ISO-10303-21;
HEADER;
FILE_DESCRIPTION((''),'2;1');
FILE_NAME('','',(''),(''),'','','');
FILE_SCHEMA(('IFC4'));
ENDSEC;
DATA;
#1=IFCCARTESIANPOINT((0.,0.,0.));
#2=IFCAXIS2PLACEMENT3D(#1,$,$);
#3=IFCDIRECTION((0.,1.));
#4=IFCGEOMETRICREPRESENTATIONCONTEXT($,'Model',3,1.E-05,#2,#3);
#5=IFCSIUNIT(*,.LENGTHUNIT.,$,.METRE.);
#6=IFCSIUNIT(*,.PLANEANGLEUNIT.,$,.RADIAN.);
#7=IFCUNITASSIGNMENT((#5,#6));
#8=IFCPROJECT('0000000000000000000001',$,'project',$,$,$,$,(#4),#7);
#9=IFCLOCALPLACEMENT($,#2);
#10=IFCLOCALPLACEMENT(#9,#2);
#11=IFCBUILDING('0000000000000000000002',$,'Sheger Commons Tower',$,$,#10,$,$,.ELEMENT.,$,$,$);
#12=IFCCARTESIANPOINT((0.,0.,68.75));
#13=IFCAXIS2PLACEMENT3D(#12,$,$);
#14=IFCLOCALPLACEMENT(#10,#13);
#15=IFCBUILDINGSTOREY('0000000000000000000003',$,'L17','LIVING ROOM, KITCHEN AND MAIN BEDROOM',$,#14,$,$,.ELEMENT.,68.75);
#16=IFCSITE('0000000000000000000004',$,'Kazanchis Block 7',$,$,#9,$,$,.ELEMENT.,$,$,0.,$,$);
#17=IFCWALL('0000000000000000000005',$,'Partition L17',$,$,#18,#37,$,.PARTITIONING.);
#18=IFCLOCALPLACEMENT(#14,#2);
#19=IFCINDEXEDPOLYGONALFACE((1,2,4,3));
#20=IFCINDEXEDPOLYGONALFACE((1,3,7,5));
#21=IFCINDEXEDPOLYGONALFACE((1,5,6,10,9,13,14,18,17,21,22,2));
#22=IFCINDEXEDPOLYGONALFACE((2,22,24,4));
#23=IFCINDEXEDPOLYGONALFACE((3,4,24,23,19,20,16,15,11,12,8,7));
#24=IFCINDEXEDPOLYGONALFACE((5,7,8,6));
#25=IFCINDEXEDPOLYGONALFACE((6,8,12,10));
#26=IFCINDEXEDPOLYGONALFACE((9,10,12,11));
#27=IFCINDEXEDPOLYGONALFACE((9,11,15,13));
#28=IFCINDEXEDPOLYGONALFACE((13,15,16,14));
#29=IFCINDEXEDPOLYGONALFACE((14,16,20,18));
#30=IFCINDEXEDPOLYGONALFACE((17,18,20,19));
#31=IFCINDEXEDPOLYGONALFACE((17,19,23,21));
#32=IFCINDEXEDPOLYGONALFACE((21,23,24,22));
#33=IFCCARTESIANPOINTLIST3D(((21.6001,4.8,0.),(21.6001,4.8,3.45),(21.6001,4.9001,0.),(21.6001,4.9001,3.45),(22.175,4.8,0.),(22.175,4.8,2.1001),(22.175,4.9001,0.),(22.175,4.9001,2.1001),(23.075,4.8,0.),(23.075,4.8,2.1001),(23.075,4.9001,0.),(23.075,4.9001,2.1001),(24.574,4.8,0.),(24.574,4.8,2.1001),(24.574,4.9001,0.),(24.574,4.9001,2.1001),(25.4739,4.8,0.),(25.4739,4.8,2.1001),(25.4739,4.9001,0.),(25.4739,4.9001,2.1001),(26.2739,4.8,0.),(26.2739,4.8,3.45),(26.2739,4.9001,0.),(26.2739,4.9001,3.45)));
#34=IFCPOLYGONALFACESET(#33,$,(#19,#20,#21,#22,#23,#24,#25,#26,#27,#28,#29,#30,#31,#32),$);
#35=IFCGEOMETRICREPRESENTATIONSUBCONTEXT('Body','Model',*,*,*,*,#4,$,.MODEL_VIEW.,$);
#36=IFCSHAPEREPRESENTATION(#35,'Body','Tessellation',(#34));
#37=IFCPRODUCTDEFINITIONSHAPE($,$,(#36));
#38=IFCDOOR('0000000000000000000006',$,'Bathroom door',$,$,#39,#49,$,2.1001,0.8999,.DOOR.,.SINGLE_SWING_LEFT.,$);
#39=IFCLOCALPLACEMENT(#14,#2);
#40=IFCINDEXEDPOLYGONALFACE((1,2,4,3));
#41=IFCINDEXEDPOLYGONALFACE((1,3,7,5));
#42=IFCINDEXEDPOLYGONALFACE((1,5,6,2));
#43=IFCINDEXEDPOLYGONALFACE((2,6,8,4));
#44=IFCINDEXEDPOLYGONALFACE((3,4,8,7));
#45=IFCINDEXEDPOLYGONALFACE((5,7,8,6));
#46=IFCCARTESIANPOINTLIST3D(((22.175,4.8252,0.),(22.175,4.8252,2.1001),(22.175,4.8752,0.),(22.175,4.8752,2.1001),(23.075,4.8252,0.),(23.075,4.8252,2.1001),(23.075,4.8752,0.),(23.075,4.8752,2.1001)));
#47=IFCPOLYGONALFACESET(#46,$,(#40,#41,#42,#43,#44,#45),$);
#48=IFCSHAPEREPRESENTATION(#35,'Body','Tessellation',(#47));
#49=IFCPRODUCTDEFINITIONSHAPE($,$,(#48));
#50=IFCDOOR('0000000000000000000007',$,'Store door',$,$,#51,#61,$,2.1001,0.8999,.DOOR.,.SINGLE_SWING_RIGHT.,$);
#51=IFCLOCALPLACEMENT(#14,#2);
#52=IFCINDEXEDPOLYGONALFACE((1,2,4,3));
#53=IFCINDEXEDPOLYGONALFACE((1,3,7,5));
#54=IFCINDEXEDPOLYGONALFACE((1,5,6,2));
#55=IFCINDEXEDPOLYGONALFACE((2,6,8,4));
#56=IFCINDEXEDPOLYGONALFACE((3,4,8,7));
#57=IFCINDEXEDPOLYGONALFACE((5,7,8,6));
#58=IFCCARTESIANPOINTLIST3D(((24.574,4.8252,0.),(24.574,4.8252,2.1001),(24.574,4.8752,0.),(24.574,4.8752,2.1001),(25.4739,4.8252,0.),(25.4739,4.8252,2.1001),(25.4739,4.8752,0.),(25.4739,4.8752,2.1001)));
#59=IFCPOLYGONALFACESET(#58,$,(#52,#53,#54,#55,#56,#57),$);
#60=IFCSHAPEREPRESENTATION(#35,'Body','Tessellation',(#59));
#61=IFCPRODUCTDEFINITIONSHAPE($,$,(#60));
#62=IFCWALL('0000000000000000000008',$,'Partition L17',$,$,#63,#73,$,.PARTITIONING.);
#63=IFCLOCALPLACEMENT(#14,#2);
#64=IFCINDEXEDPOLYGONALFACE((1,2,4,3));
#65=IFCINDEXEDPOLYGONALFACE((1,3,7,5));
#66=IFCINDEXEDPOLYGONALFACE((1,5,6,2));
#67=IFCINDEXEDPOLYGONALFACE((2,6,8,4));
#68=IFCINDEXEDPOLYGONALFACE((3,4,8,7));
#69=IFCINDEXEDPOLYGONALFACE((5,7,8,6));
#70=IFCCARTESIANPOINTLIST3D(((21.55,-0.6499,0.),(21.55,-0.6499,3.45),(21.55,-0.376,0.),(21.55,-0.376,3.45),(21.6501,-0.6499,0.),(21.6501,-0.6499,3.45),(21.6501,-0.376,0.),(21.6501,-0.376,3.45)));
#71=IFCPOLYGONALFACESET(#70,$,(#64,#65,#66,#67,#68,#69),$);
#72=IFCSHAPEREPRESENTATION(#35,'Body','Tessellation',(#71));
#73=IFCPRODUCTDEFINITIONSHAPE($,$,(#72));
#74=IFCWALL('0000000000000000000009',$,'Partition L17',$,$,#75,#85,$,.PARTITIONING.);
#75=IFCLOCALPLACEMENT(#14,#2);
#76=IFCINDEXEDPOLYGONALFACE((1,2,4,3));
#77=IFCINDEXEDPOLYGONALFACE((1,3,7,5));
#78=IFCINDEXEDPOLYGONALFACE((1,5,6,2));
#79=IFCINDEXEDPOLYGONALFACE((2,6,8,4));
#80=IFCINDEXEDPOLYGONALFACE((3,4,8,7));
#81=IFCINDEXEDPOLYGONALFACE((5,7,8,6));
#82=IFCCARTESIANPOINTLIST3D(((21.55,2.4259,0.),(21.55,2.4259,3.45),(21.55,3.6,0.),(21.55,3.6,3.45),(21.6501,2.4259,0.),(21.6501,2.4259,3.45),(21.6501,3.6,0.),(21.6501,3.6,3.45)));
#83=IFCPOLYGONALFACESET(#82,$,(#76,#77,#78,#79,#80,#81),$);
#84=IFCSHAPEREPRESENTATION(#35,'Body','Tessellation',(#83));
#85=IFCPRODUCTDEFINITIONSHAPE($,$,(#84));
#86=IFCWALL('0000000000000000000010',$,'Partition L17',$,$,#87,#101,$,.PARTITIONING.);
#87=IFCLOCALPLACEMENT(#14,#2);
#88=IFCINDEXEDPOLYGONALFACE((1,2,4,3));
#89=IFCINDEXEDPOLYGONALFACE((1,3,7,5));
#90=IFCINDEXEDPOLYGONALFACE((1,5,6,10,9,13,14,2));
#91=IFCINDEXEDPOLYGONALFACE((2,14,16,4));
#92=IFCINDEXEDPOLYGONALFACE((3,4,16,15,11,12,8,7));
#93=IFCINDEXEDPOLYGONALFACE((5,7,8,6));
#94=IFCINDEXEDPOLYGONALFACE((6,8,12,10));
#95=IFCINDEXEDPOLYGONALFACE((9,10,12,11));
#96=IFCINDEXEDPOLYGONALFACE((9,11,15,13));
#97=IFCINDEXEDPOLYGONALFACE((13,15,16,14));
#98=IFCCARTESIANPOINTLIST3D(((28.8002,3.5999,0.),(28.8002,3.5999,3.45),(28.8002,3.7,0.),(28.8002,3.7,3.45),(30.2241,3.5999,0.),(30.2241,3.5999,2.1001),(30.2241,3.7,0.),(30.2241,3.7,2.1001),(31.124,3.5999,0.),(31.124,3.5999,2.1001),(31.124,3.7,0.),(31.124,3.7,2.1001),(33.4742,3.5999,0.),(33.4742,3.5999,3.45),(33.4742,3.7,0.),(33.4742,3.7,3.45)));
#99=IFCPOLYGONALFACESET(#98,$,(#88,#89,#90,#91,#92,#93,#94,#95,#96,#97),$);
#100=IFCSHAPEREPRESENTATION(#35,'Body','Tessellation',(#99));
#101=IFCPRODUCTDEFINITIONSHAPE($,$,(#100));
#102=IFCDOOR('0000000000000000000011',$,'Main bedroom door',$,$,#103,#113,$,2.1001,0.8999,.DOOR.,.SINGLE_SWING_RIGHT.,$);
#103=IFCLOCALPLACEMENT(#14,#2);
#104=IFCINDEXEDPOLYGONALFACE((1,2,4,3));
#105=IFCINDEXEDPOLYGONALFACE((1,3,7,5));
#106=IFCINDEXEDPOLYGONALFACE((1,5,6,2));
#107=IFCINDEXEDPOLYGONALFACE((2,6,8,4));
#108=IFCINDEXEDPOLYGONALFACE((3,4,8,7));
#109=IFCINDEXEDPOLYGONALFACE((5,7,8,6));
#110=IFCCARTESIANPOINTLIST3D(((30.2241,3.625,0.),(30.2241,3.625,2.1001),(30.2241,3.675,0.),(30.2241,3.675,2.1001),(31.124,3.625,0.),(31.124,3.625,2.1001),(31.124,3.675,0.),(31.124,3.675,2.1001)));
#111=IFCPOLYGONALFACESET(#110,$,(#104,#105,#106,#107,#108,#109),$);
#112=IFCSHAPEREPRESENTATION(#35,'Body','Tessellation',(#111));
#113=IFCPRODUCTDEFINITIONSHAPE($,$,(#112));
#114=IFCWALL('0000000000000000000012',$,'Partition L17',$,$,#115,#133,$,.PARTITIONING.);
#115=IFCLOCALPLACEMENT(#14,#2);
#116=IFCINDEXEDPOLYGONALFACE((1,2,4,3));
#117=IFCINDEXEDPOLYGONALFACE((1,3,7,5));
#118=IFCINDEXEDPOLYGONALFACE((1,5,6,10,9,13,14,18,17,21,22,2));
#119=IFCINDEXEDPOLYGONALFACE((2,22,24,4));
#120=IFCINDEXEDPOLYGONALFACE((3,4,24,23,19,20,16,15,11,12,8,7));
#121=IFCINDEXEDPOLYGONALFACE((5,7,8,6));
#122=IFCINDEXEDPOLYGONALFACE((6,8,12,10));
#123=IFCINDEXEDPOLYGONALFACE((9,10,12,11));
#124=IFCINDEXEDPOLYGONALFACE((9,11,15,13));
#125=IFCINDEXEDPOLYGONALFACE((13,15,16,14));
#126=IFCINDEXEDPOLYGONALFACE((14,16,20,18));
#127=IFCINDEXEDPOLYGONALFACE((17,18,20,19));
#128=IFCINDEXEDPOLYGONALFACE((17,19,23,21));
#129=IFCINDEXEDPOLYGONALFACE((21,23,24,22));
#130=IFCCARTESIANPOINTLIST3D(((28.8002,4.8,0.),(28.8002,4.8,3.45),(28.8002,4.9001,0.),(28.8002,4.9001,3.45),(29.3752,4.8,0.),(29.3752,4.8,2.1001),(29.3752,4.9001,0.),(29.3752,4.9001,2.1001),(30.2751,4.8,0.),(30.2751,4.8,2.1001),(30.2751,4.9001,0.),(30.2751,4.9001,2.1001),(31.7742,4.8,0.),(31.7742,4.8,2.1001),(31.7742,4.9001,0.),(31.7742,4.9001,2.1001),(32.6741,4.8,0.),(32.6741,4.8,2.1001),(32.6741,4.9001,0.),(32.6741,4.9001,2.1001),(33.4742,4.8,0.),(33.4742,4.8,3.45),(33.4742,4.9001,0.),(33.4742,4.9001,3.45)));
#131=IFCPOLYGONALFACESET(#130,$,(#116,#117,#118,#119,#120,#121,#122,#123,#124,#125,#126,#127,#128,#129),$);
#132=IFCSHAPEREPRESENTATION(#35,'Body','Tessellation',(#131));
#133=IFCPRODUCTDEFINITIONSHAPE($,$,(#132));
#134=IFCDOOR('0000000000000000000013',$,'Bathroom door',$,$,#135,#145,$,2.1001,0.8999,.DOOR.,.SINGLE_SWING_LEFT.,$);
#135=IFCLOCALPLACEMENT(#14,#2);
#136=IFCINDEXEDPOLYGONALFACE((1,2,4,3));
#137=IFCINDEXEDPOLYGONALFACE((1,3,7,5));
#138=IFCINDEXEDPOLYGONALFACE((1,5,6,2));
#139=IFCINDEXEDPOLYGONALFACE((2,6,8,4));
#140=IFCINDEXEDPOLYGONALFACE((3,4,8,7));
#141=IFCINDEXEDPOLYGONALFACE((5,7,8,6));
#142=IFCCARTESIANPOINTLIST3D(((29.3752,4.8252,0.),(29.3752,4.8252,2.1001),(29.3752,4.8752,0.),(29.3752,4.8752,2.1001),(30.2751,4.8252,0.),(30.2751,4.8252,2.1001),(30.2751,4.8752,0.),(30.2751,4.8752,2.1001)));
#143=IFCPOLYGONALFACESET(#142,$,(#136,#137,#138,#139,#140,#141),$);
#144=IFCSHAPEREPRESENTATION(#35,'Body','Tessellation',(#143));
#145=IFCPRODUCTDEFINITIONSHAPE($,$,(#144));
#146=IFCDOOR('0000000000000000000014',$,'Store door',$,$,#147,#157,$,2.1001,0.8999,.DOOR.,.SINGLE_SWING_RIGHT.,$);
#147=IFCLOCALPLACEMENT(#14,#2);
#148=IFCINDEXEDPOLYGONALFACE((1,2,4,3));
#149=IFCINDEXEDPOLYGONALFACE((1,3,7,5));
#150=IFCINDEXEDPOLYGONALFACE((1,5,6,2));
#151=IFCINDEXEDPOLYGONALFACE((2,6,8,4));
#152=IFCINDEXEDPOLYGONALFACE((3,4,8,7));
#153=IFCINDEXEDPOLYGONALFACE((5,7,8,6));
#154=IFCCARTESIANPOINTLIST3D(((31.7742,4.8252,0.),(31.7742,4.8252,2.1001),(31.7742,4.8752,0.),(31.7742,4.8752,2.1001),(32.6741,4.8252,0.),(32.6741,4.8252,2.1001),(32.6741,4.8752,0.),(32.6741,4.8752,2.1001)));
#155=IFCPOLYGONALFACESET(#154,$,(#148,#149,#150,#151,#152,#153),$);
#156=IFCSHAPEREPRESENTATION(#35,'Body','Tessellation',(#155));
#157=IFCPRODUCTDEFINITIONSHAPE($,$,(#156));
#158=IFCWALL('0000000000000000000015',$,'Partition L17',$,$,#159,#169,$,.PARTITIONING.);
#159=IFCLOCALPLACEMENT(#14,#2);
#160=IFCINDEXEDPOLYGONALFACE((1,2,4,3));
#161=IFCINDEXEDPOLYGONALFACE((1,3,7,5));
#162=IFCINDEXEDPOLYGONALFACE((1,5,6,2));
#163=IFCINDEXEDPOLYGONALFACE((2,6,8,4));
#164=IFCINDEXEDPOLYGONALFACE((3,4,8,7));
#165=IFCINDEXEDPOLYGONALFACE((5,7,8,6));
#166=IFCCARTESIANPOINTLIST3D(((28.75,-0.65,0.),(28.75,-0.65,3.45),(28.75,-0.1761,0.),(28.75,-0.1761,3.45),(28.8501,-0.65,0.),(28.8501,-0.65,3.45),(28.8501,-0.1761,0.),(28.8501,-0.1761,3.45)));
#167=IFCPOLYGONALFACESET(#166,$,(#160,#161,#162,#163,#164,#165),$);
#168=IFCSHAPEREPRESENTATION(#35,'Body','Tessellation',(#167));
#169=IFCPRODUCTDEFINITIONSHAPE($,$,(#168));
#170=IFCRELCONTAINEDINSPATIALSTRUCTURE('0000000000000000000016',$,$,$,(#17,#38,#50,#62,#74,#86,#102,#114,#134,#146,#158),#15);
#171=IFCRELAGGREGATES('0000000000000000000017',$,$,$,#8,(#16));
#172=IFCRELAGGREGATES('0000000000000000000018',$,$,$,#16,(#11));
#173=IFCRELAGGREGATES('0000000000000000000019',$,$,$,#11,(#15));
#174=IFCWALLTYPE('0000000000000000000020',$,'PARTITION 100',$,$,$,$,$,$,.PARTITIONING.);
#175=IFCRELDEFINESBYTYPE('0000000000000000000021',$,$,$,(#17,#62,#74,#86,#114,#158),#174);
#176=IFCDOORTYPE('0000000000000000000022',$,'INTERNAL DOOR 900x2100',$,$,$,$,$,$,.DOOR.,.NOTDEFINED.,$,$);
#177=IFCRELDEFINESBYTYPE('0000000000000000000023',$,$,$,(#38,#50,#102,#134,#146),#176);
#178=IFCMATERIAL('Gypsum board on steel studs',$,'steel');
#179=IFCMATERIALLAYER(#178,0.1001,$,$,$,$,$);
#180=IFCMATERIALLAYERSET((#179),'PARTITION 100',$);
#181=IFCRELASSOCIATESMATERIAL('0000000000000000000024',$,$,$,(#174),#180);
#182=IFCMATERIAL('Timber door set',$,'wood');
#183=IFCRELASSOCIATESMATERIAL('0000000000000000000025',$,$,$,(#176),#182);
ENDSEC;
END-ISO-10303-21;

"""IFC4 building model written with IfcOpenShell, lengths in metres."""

from ifc_helpers import new_model, si_unit, direction, frame, frame_2d, origin, place, context, subcontext, project, spatial, rectangle, extrude, material, layer, layer_set, type_object, element, fill, save


model = new_model("IFC4")

# Units and contexts
model_context = context("Model", 3, precision=1e-05, world=origin(), true_north=direction((0.0, 1.0)))
body_context = subcontext(model_context, "Body", "Model", "MODEL_VIEW")
ifc_project = project(units=[si_unit("LENGTHUNIT", "METRE"), si_unit("PLANEANGLEUNIT", "RADIAN")], contexts=[model_context])

# Site, building, storey
site_placement = place(None, origin())
site = spatial("IfcSite", under=ifc_project, at=site_placement, Name="Kazanchis Block 7", CompositionType="ELEMENT", RefElevation=0.0)
building_placement = place(site_placement, origin())
building = spatial("IfcBuilding", under=site, at=building_placement, Name="Sheger Commons Tower", CompositionType="ELEMENT")
storey_placement = place(building_placement, frame((0.0, 0.0, 68.75)))
storey = spatial("IfcBuildingStorey", under=building, at=storey_placement, Name="L17", Description="LIVING ROOM, KITCHEN AND MAIN BEDROOM", CompositionType="ELEMENT", Elevation=68.75)

# Shared definitions
ifc_material_1 = material(Name="Gypsum board on steel studs", Category="steel")
ifc_layer_1 = layer(ifc_material_1, 0.1001)
ifc_layer_set_1 = layer_set([ifc_layer_1], Name="PARTITION 100")
wall_type_1 = type_object("IfcWallType", Name="PARTITION 100", PredefinedType="PARTITIONING", material=ifc_layer_set_1)
ifc_material_2 = material(Name="Timber door set", Category="wood")
door_type = type_object("IfcDoorType", Name="INTERNAL DOOR 900x2100", OperationType="NOTDEFINED", PredefinedType="DOOR", material=ifc_material_2)

# Wall, openings, doors
wall_1_placement = place(storey_placement, frame((26.2739, 4.8501, 0.0), z_axis=(0.0, 0.0, 1.0), x_axis=(-1.0, 0.0, 0.0)))
wall_1 = element("IfcWall", 1, at=wall_1_placement, inside=storey, type_object=wall_type_1, Name="Partition L17", PredefinedType="PARTITIONING", context=body_context, shape_type="SweptSolid", body=[
    extrude(rectangle(XDim=4.6738, YDim=0.1001, at=frame_2d((2.3369, 0.0))), origin(), (0.0, 0.0, 1.0), 3.45),
])
opening_1_placement = place(wall_1_placement, frame((3.199, 0.0, 0.0)))
opening_1 = element("IfcOpeningElement", 2, at=opening_1_placement, cuts=wall_1, PredefinedType="OPENING", context=body_context, shape_type="SweptSolid", body=[
    extrude(rectangle(XDim=0.8999, YDim=2.1001, at=frame_2d((0.45, 1.05))), frame((0.0, 0.0601, 0.0), z_axis=(0.0, -1.0, 0.0), x_axis=(1.0, 0.0, 0.0)), (0.0, 0.0, 1.0), 0.1201),
])
opening_2_placement = place(wall_1_placement, frame((0.8, 0.0, 0.0)))
opening_2 = element("IfcOpeningElement", 3, at=opening_2_placement, cuts=wall_1, PredefinedType="OPENING", context=body_context, shape_type="SweptSolid", body=[
    extrude(rectangle(XDim=0.8999, YDim=2.1001, at=frame_2d((0.45, 1.05))), frame((0.0, 0.0601, 0.0), z_axis=(0.0, -1.0, 0.0), x_axis=(1.0, 0.0, 0.0)), (0.0, 0.0, 1.0), 0.1201),
])
door_1_placement = place(opening_1_placement, origin())
door_1 = element("IfcDoor", 4, at=door_1_placement, inside=storey, type_object=door_type, Name="Bathroom door", OperationType="SINGLE_SWING_LEFT", OverallHeight=2.1001, OverallWidth=0.8999, PredefinedType="DOOR", context=body_context, shape_type="SweptSolid", body=[
    extrude(rectangle(XDim=0.8999, YDim=2.1001, at=frame_2d((0.45, 1.05))), frame((0.0, 0.0249, 0.0), z_axis=(0.0, -1.0, 0.0), x_axis=(1.0, 0.0, 0.0)), (0.0, 0.0, 1.0), 0.05),
])
fill(opening_1, door_1)
door_2_placement = place(opening_2_placement, origin())
door_2 = element("IfcDoor", 5, at=door_2_placement, inside=storey, type_object=door_type, Name="Store door", OperationType="SINGLE_SWING_RIGHT", OverallHeight=2.1001, OverallWidth=0.8999, PredefinedType="DOOR", context=body_context, shape_type="SweptSolid", body=[
    extrude(rectangle(XDim=0.8999, YDim=2.1001, at=frame_2d((0.45, 1.05))), frame((0.0, 0.0249, 0.0), z_axis=(0.0, -1.0, 0.0), x_axis=(1.0, 0.0, 0.0)), (0.0, 0.0, 1.0), 0.05),
])
fill(opening_2, door_2)

# Walls
wall_2_placement = place(storey_placement, frame((21.6001, -0.6499, 0.0), z_axis=(0.0, 0.0, 1.0), x_axis=(0.0, 1.0, 0.0)))
element("IfcWall", 6, at=wall_2_placement, inside=storey, type_object=wall_type_1, Name="Partition L17", PredefinedType="PARTITIONING", context=body_context, shape_type="SweptSolid", body=[
    extrude(rectangle(XDim=0.2739, YDim=0.1001, at=frame_2d((0.137, 0.0))), origin(), (0.0, 0.0, 1.0), 3.45),
])
wall_3_placement = place(storey_placement, frame((21.6001, 2.426, 0.0), z_axis=(0.0, 0.0, 1.0), x_axis=(0.0, 1.0, 0.0)))
element("IfcWall", 7, at=wall_3_placement, inside=storey, type_object=wall_type_1, Name="Partition L17", PredefinedType="PARTITIONING", context=body_context, shape_type="SweptSolid", body=[
    extrude(rectangle(XDim=1.1741, YDim=0.1001, at=frame_2d((0.5869, 0.0))), origin(), (0.0, 0.0, 1.0), 3.45),
])

# Wall, opening, door
wall_4_placement = place(storey_placement, frame((33.4741, 3.6499, 0.0), z_axis=(0.0, 0.0, 1.0), x_axis=(-1.0, 0.0, 0.0)))
wall_4 = element("IfcWall", 8, at=wall_4_placement, inside=storey, type_object=wall_type_1, Name="Partition L17", PredefinedType="PARTITIONING", context=body_context, shape_type="SweptSolid", body=[
    extrude(rectangle(XDim=4.6741, YDim=0.1001, at=frame_2d((2.3369, 0.0))), origin(), (0.0, 0.0, 1.0), 3.45),
])
opening_3_placement = place(wall_4_placement, frame((2.3501, 0.0, 0.0)))
opening_3 = element("IfcOpeningElement", 9, at=opening_3_placement, cuts=wall_4, PredefinedType="OPENING", context=body_context, shape_type="SweptSolid", body=[
    extrude(rectangle(XDim=0.8999, YDim=2.1001, at=frame_2d((0.45, 1.05))), frame((0.0, 0.0601, 0.0), z_axis=(0.0, -1.0, 0.0), x_axis=(1.0, 0.0, 0.0)), (0.0, 0.0, 1.0), 0.1201),
])
door_3_placement = place(opening_3_placement, origin())
door_3 = element("IfcDoor", 10, at=door_3_placement, inside=storey, type_object=door_type, Name="Main bedroom door", OperationType="SINGLE_SWING_RIGHT", OverallHeight=2.1001, OverallWidth=0.8999, PredefinedType="DOOR", context=body_context, shape_type="SweptSolid", body=[
    extrude(rectangle(XDim=0.8999, YDim=2.1001, at=frame_2d((0.45, 1.05))), frame((0.0, 0.0249, 0.0), z_axis=(0.0, -1.0, 0.0), x_axis=(1.0, 0.0, 0.0)), (0.0, 0.0, 1.0), 0.05),
])
fill(opening_3, door_3)

# Wall, openings, doors
wall_5_placement = place(storey_placement, frame((33.4741, 4.8501, 0.0), z_axis=(0.0, 0.0, 1.0), x_axis=(-1.0, 0.0, 0.0)))
wall_5 = element("IfcWall", 11, at=wall_5_placement, inside=storey, type_object=wall_type_1, Name="Partition L17", PredefinedType="PARTITIONING", context=body_context, shape_type="SweptSolid", body=[
    extrude(rectangle(XDim=4.6741, YDim=0.1001, at=frame_2d((2.3369, 0.0))), origin(), (0.0, 0.0, 1.0), 3.45),
])
opening_4_placement = place(wall_5_placement, frame((3.199, 0.0, 0.0)))
opening_4 = element("IfcOpeningElement", 12, at=opening_4_placement, cuts=wall_5, PredefinedType="OPENING", context=body_context, shape_type="SweptSolid", body=[
    extrude(rectangle(XDim=0.8999, YDim=2.1001, at=frame_2d((0.45, 1.05))), frame((0.0, 0.0601, 0.0), z_axis=(0.0, -1.0, 0.0), x_axis=(1.0, 0.0, 0.0)), (0.0, 0.0, 1.0), 0.1201),
])
opening_5_placement = place(wall_5_placement, frame((0.8, 0.0, 0.0)))
opening_5 = element("IfcOpeningElement", 13, at=opening_5_placement, cuts=wall_5, PredefinedType="OPENING", context=body_context, shape_type="SweptSolid", body=[
    extrude(rectangle(XDim=0.8999, YDim=2.1001, at=frame_2d((0.45, 1.05))), frame((0.0, 0.0601, 0.0), z_axis=(0.0, -1.0, 0.0), x_axis=(1.0, 0.0, 0.0)), (0.0, 0.0, 1.0), 0.1201),
])
door_4_placement = place(opening_4_placement, origin())
door_4 = element("IfcDoor", 14, at=door_4_placement, inside=storey, type_object=door_type, Name="Bathroom door", OperationType="SINGLE_SWING_LEFT", OverallHeight=2.1001, OverallWidth=0.8999, PredefinedType="DOOR", context=body_context, shape_type="SweptSolid", body=[
    extrude(rectangle(XDim=0.8999, YDim=2.1001, at=frame_2d((0.45, 1.05))), frame((0.0, 0.0249, 0.0), z_axis=(0.0, -1.0, 0.0), x_axis=(1.0, 0.0, 0.0)), (0.0, 0.0, 1.0), 0.05),
])
fill(opening_4, door_4)
door_5_placement = place(opening_5_placement, origin())
door_5 = element("IfcDoor", 15, at=door_5_placement, inside=storey, type_object=door_type, Name="Store door", OperationType="SINGLE_SWING_RIGHT", OverallHeight=2.1001, OverallWidth=0.8999, PredefinedType="DOOR", context=body_context, shape_type="SweptSolid", body=[
    extrude(rectangle(XDim=0.8999, YDim=2.1001, at=frame_2d((0.45, 1.05))), frame((0.0, 0.0249, 0.0), z_axis=(0.0, -1.0, 0.0), x_axis=(1.0, 0.0, 0.0)), (0.0, 0.0, 1.0), 0.05),
])
fill(opening_5, door_5)

# Wall
wall_6_placement = place(storey_placement, frame((28.8, -0.6499, 0.0), z_axis=(0.0, 0.0, 1.0), x_axis=(0.0, 1.0, 0.0)))
element("IfcWall", 16, at=wall_6_placement, inside=storey, type_object=wall_type_1, Name="Partition L17", PredefinedType="PARTITIONING", context=body_context, shape_type="SweptSolid", body=[
    extrude(rectangle(XDim=0.4739, YDim=0.1001, at=frame_2d((0.2368, 0.0))), origin(), (0.0, 0.0, 1.0), 3.45),
])

save(model, "model.ifc")
